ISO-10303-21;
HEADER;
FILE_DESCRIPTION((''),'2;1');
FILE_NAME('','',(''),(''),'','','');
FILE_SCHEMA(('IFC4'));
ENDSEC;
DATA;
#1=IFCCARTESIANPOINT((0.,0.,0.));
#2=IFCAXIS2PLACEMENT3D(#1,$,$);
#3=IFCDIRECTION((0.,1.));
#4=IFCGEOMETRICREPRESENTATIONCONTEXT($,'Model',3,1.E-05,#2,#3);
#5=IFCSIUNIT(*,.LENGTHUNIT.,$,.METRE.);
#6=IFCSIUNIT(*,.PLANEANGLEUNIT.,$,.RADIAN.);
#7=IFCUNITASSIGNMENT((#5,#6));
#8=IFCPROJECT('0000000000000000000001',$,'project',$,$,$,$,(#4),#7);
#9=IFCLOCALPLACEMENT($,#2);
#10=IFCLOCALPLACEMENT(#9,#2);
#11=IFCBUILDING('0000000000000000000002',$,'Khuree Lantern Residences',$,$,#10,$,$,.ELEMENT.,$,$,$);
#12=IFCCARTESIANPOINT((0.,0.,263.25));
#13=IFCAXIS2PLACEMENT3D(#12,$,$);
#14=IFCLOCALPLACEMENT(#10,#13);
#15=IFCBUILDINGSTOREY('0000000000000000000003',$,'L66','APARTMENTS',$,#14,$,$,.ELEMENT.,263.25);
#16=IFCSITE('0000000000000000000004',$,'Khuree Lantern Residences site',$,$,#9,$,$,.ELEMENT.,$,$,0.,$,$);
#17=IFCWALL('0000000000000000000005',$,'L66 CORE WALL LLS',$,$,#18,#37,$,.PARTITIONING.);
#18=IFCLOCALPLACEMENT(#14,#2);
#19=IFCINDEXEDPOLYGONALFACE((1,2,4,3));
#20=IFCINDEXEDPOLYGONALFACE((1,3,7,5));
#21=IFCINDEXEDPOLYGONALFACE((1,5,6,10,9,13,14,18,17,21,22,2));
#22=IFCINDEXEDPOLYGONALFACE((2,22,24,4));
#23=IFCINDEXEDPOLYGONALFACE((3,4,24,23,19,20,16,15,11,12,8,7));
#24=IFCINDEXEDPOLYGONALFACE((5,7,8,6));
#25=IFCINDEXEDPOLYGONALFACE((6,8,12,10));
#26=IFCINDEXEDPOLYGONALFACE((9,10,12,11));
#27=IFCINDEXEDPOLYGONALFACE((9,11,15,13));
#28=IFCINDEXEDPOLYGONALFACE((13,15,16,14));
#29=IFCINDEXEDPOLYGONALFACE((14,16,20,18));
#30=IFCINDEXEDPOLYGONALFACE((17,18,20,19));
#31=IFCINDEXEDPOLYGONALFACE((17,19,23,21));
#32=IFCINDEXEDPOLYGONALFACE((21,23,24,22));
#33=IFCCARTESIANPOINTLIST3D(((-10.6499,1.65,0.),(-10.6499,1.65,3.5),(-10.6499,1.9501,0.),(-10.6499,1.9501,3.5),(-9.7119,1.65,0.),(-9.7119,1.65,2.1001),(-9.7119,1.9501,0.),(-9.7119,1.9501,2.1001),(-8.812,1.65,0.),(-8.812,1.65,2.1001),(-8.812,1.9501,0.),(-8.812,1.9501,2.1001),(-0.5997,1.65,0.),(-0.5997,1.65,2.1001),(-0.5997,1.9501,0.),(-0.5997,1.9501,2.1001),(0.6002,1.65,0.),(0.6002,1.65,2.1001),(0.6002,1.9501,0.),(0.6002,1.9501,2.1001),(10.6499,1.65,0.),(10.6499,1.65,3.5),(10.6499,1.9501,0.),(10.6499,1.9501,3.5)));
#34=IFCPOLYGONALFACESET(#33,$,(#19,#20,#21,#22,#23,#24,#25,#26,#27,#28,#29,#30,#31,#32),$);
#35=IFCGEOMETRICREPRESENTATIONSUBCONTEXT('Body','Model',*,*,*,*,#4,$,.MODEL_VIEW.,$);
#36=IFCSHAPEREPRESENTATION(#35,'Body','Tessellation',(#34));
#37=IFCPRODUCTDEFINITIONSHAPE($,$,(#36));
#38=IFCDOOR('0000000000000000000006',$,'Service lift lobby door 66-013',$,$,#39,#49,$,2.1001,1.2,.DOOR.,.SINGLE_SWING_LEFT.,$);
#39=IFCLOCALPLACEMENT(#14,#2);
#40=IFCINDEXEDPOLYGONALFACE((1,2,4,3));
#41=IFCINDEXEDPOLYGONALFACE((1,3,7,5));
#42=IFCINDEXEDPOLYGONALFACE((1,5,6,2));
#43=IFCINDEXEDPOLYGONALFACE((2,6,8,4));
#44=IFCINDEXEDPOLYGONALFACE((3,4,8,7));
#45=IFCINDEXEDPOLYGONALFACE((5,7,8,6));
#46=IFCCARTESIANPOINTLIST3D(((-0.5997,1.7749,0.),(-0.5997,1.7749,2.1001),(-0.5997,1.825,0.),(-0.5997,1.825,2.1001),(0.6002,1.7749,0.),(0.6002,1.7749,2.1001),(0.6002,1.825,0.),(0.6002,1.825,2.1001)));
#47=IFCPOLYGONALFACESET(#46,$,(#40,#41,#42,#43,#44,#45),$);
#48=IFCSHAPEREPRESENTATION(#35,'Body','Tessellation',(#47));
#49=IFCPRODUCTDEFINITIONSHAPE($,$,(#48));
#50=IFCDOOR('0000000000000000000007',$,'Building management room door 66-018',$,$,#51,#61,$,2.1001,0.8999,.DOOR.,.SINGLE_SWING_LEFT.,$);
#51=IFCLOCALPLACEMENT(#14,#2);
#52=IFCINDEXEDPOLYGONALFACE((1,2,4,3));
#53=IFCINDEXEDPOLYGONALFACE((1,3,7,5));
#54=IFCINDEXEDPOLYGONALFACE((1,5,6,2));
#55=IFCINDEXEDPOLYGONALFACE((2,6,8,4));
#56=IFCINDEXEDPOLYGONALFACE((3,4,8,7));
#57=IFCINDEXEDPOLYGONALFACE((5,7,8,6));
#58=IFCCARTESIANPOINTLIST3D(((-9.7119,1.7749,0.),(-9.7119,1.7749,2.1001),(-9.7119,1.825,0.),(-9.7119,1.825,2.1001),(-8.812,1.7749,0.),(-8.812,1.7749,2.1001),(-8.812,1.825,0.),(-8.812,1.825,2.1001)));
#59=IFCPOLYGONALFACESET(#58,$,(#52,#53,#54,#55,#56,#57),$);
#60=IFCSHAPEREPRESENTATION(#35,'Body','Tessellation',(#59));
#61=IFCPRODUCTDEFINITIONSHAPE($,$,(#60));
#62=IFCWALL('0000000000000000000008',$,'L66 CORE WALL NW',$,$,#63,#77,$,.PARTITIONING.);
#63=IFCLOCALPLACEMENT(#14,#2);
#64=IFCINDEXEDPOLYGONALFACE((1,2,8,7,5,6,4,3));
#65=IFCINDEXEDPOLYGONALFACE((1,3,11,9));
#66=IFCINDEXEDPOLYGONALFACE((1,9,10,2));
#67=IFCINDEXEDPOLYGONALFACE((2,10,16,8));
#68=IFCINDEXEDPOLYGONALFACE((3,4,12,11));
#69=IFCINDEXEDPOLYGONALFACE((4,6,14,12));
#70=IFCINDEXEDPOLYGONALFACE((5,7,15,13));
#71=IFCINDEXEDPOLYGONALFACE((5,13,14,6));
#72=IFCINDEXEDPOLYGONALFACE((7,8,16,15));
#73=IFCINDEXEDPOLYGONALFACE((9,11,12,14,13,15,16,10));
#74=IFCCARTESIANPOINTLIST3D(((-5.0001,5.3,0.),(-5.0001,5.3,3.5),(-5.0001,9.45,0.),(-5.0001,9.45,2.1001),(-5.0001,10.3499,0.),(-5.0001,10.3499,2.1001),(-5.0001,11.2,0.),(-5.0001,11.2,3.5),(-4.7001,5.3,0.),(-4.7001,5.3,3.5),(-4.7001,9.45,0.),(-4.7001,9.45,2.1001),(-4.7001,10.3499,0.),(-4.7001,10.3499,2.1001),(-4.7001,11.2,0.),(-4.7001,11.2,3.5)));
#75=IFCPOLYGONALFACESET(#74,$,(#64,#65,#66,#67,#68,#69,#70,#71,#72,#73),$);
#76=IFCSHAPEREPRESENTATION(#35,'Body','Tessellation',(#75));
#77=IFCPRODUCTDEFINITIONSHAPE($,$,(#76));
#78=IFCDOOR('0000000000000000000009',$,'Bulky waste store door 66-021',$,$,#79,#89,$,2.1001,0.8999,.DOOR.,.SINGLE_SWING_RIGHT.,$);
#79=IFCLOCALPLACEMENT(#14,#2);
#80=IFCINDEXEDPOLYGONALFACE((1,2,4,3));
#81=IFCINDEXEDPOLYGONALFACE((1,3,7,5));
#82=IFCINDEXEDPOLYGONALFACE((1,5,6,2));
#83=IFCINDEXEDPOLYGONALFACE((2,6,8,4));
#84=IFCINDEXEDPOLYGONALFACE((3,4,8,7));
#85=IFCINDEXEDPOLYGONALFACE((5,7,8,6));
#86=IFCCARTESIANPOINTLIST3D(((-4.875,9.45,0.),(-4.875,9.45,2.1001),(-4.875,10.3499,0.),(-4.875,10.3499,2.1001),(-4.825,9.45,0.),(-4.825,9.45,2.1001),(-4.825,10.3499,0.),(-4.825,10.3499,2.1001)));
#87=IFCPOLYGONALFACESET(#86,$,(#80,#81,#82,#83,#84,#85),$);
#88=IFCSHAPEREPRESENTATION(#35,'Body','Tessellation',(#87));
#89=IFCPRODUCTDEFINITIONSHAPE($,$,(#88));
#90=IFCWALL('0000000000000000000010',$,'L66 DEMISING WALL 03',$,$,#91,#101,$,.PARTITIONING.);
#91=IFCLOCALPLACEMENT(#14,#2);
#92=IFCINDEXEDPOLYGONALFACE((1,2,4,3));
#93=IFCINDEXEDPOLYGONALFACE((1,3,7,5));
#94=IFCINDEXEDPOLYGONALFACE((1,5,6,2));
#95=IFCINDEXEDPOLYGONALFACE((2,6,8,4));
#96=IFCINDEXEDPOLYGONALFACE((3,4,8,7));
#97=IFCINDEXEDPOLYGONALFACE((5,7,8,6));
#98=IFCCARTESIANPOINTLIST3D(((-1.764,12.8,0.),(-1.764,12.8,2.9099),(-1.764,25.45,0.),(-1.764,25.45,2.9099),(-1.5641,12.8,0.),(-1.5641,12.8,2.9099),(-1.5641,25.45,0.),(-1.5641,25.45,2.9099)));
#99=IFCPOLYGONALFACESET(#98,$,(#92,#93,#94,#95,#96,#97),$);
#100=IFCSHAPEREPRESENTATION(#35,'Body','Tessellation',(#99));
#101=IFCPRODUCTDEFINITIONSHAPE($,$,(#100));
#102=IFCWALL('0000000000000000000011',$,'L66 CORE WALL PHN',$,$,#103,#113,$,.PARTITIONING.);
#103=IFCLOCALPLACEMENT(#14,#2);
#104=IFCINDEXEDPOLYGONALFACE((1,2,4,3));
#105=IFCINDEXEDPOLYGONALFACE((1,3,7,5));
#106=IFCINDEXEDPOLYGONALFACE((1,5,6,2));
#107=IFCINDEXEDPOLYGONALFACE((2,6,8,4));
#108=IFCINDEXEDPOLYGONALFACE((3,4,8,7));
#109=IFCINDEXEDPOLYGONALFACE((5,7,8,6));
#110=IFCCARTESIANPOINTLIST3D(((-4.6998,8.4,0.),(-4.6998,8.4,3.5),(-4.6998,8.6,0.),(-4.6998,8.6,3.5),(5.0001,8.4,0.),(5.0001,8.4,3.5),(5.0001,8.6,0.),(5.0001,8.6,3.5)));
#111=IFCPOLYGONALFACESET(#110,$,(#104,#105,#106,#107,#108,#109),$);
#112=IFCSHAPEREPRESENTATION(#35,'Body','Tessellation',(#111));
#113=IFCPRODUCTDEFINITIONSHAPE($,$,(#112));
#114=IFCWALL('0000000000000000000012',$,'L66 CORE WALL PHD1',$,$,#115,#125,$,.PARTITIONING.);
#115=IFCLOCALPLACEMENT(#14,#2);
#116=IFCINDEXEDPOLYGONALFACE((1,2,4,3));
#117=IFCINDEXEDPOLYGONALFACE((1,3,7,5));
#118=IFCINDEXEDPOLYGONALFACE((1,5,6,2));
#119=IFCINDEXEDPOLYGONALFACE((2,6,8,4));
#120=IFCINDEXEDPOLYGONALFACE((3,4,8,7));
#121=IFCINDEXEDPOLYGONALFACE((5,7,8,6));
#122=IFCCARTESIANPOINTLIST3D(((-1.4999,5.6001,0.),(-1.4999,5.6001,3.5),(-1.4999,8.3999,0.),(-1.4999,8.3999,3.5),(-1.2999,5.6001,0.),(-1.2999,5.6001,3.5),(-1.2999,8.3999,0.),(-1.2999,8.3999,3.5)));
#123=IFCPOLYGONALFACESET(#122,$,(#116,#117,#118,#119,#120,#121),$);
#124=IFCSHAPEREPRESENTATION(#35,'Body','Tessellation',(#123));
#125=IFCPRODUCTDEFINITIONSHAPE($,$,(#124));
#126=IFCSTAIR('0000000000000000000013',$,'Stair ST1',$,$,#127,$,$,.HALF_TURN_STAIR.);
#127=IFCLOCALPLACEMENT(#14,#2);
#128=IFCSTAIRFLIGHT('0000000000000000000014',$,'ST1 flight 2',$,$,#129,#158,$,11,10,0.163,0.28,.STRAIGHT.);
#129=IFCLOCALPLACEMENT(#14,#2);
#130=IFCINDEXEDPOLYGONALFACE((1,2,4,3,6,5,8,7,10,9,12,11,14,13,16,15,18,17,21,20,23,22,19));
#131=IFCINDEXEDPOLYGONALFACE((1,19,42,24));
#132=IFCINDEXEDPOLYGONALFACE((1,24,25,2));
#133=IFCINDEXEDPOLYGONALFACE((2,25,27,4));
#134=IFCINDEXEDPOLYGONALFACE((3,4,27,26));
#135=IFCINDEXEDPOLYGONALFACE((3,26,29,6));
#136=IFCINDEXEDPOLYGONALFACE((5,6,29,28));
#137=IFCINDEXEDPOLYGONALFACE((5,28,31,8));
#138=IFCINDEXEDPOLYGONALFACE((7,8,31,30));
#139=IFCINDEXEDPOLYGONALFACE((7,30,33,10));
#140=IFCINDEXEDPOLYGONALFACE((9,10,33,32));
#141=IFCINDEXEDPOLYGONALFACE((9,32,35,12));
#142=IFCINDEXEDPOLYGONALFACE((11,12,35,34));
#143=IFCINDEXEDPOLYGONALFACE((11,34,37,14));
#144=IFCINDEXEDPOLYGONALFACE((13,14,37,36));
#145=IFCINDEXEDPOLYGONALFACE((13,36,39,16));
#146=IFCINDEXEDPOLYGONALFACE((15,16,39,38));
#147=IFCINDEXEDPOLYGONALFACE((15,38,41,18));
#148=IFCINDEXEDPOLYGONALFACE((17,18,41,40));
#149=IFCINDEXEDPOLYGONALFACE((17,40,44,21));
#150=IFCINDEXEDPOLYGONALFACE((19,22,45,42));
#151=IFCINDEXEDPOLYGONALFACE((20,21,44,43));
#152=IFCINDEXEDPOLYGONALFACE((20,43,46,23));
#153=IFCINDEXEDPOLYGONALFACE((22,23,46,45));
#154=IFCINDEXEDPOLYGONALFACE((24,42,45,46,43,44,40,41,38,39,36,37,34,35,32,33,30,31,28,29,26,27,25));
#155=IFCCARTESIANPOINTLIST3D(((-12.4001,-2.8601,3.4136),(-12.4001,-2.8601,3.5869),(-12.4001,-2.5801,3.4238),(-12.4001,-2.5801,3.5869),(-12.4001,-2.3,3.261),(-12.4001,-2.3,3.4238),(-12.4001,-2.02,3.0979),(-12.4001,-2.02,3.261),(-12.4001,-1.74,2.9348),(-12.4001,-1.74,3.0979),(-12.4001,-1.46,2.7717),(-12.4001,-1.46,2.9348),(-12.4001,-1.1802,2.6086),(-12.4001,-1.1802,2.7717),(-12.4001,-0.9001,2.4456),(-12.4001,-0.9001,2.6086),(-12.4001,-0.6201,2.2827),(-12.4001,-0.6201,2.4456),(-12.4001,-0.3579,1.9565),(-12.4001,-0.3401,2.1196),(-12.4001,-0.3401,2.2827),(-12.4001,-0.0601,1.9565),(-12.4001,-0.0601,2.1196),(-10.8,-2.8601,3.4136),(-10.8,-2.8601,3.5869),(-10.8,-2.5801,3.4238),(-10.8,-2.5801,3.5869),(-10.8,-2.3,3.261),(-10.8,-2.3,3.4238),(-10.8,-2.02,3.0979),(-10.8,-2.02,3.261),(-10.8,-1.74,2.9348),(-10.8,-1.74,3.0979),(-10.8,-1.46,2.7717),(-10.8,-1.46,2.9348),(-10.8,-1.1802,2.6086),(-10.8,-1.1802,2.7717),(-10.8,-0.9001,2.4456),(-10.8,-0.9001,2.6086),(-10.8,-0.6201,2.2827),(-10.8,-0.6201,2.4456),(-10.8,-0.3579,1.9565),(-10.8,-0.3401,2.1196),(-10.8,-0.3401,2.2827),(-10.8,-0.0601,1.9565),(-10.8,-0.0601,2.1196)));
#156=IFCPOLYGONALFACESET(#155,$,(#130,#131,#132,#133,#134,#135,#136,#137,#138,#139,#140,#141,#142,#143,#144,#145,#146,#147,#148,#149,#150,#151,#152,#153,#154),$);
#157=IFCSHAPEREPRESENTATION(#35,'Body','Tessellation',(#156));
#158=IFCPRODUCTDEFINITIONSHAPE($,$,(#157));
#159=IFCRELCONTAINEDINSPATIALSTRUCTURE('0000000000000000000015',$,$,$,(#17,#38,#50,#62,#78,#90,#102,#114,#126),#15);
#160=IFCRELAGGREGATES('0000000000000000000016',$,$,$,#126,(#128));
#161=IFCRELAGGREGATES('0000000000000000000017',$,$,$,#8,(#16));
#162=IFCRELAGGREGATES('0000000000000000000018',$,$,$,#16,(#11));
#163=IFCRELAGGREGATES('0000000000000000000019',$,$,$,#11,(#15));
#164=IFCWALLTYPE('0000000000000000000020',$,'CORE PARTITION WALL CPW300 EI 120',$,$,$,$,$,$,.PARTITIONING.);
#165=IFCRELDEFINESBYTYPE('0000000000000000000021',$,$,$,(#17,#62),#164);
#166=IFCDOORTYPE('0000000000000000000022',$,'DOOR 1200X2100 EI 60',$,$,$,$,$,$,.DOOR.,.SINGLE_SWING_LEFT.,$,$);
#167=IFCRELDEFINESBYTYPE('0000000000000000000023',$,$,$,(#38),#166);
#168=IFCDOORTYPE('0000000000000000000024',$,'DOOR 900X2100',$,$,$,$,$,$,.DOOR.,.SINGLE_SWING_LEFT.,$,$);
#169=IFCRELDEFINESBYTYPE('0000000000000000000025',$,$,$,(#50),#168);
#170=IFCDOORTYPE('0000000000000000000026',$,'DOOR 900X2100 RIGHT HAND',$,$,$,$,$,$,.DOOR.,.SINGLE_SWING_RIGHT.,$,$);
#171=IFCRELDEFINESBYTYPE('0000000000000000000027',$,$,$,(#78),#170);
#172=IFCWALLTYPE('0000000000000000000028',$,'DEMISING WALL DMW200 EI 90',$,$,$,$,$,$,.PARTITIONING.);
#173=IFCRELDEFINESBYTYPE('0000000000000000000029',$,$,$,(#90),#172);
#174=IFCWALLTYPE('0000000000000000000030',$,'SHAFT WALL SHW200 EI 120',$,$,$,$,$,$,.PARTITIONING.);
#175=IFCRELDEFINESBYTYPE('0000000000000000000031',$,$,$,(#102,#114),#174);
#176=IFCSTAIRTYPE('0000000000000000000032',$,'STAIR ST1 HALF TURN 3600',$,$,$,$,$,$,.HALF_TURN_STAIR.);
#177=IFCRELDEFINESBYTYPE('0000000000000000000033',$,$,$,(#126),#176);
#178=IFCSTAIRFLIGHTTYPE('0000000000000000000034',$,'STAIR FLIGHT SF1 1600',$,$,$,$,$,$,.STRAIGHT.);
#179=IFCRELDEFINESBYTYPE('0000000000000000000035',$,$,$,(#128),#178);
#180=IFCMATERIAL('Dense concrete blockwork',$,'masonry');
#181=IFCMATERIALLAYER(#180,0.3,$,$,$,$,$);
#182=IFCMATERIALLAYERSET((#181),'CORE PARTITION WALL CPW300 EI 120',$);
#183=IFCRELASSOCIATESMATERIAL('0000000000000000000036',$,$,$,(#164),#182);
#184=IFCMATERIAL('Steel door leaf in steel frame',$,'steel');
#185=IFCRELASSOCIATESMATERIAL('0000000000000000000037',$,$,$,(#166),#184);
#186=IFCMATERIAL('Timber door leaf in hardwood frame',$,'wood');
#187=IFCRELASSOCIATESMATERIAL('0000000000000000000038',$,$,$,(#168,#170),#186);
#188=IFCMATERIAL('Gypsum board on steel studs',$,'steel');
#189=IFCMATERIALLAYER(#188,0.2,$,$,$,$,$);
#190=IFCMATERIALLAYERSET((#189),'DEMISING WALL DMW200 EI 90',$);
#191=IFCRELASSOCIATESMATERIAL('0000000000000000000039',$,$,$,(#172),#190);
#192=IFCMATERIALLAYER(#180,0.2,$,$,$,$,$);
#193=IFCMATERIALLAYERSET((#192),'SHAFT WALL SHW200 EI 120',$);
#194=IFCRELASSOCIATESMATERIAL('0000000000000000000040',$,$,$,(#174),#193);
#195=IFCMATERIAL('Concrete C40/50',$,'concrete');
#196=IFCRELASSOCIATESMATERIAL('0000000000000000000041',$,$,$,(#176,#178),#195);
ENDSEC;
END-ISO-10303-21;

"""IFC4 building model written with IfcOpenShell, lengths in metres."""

from ifc_helpers import new_model, si_unit, direction, frame, frame_2d, origin, place, context, subcontext, project, spatial, polyline, rectangle, outline, extrude, material, layer, layer_set, type_object, element, fill, aggregate, save


model = new_model("IFC4")

# Units and contexts
model_context = context("Model", 3, precision=1e-05, world=origin(), true_north=direction((0.0, 1.0)))
body_context = subcontext(model_context, "Body", "Model", "MODEL_VIEW")
ifc_project = project(units=[si_unit("LENGTHUNIT", "METRE"), si_unit("PLANEANGLEUNIT", "RADIAN")], contexts=[model_context])

# Site, building, storey
site_placement = place(None, origin())
site = spatial("IfcSite", under=ifc_project, at=site_placement, Name="Khuree Lantern Residences site", CompositionType="ELEMENT", RefElevation=0.0)
building_placement = place(site_placement, origin())
building = spatial("IfcBuilding", under=site, at=building_placement, Name="Khuree Lantern Residences", CompositionType="ELEMENT")
storey_placement = place(building_placement, frame((0.0, 0.0, 263.25)))
storey = spatial("IfcBuildingStorey", under=building, at=storey_placement, Name="L66", Description="APARTMENTS", CompositionType="ELEMENT", Elevation=263.25)

# Shared definitions
ifc_material_1 = material(Name="Timber door leaf in hardwood frame", Category="wood")

# Shared definitions
ifc_material_2 = material(Name="Dense concrete blockwork", Category="masonry")
ifc_layer_1 = layer(ifc_material_2, 0.3)
ifc_layer_set_1 = layer_set([ifc_layer_1], Name="CORE PARTITION WALL CPW300 EI 120")
wall_type_1 = type_object("IfcWallType", Name="CORE PARTITION WALL CPW300 EI 120", PredefinedType="PARTITIONING", material=ifc_layer_set_1)

# Wall, openings, doors
wall_1_placement = place(storey_placement, frame((-10.6499, 1.8, 0.0), z_axis=(0.0, 0.0, 1.0), x_axis=(1.0, 0.0, 0.0)))
wall_1 = element("IfcWall", 1, at=wall_1_placement, inside=storey, type_object=wall_type_1, Name="L66 CORE WALL LLS", PredefinedType="PARTITIONING", context=body_context, shape_type="SweptSolid", body=[
    extrude(rectangle(XDim=21.2998, YDim=0.3, at=frame_2d((10.6499, 0.0))), origin(), (0.0, 0.0, 1.0), 3.5),
])
opening_1_placement = place(wall_1_placement, frame((10.05, 0.0, 0.0)))
opening_1 = element("IfcOpeningElement", 2, at=opening_1_placement, cuts=wall_1, PredefinedType="OPENING", context=body_context, shape_type="SweptSolid", body=[
    extrude(rectangle(XDim=1.2, YDim=2.1001, at=frame_2d((0.6001, 1.05))), frame((0.0, 0.1602, 0.0), z_axis=(0.0, -1.0, 0.0), x_axis=(1.0, 0.0, 0.0)), (0.0, 0.0, 1.0), 0.3201),
])
opening_2_placement = place(wall_1_placement, frame((0.938, 0.0, 0.0)))
opening_2 = element("IfcOpeningElement", 3, at=opening_2_placement, cuts=wall_1, PredefinedType="OPENING", context=body_context, shape_type="SweptSolid", body=[
    extrude(rectangle(XDim=0.8999, YDim=2.1001, at=frame_2d((0.45, 1.05))), frame((0.0, 0.1602, 0.0), z_axis=(0.0, -1.0, 0.0), x_axis=(1.0, 0.0, 0.0)), (0.0, 0.0, 1.0), 0.3201),
])
ifc_material_3 = material(Name="Steel door leaf in steel frame", Category="steel")
door_type_1 = type_object("IfcDoorType", Name="DOOR 1200X2100 EI 60", OperationType="SINGLE_SWING_LEFT", PredefinedType="DOOR", material=ifc_material_3)
door_1_placement = place(opening_1_placement, origin())
door_1 = element("IfcDoor", 4, at=door_1_placement, inside=storey, type_object=door_type_1, Name="Service lift lobby door 66-013", OperationType="SINGLE_SWING_LEFT", OverallHeight=2.1001, OverallWidth=1.2, PredefinedType="DOOR", context=body_context, shape_type="SweptSolid", body=[
    extrude(rectangle(XDim=1.2, YDim=2.1001, at=frame_2d((0.6001, 1.05))), frame((0.0, 0.0249, 0.0), z_axis=(0.0, -1.0, 0.0), x_axis=(1.0, 0.0, 0.0)), (0.0, 0.0, 1.0), 0.05),
])
fill(opening_1, door_1)
door_type_2 = type_object("IfcDoorType", Name="DOOR 900X2100", OperationType="SINGLE_SWING_LEFT", PredefinedType="DOOR", material=ifc_material_1)
door_2_placement = place(opening_2_placement, origin())
door_2 = element("IfcDoor", 5, at=door_2_placement, inside=storey, type_object=door_type_2, Name="Building management room door 66-018", OperationType="SINGLE_SWING_LEFT", OverallHeight=2.1001, OverallWidth=0.8999, PredefinedType="DOOR", context=body_context, shape_type="SweptSolid", body=[
    extrude(rectangle(XDim=0.8999, YDim=2.1001, at=frame_2d((0.45, 1.05))), frame((0.0, 0.0249, 0.0), z_axis=(0.0, -1.0, 0.0), x_axis=(1.0, 0.0, 0.0)), (0.0, 0.0, 1.0), 0.05),
])
fill(opening_2, door_2)

# Wall, opening, door
wall_2_placement = place(storey_placement, frame((-4.8501, 5.3, 0.0), z_axis=(0.0, 0.0, 1.0), x_axis=(0.0, 1.0, 0.0)))
wall_2 = element("IfcWall", 6, at=wall_2_placement, inside=storey, type_object=wall_type_1, Name="L66 CORE WALL NW", PredefinedType="PARTITIONING", context=body_context, shape_type="SweptSolid", body=[
    extrude(rectangle(XDim=5.8999, YDim=0.3, at=frame_2d((2.95, 0.0))), origin(), (0.0, 0.0, 1.0), 3.5),
])
opening_3_placement = place(wall_2_placement, frame((4.1499, 0.0, 0.0)))
opening_3 = element("IfcOpeningElement", 7, at=opening_3_placement, cuts=wall_2, PredefinedType="OPENING", context=body_context, shape_type="SweptSolid", body=[
    extrude(rectangle(XDim=0.8999, YDim=2.1001, at=frame_2d((0.45, 1.05))), frame((0.0, 0.1602, 0.0), z_axis=(0.0, -1.0, 0.0), x_axis=(1.0, 0.0, 0.0)), (0.0, 0.0, 1.0), 0.3201),
])
door_type_3 = type_object("IfcDoorType", Name="DOOR 900X2100 RIGHT HAND", OperationType="SINGLE_SWING_RIGHT", PredefinedType="DOOR", material=ifc_material_1)
door_3_placement = place(opening_3_placement, origin())
door_3 = element("IfcDoor", 8, at=door_3_placement, inside=storey, type_object=door_type_3, Name="Bulky waste store door 66-021", OperationType="SINGLE_SWING_RIGHT", OverallHeight=2.1001, OverallWidth=0.8999, PredefinedType="DOOR", context=body_context, shape_type="SweptSolid", body=[
    extrude(rectangle(XDim=0.8999, YDim=2.1001, at=frame_2d((0.45, 1.05))), frame((0.0, 0.0249, 0.0), z_axis=(0.0, -1.0, 0.0), x_axis=(1.0, 0.0, 0.0)), (0.0, 0.0, 1.0), 0.05),
])
fill(opening_3, door_3)

# Walls
ifc_material_4 = material(Name="Gypsum board on steel studs", Category="steel")
ifc_layer_2 = layer(ifc_material_4, 0.2)
ifc_layer_set_2 = layer_set([ifc_layer_2], Name="DEMISING WALL DMW200 EI 90")
wall_type_2 = type_object("IfcWallType", Name="DEMISING WALL DMW200 EI 90", PredefinedType="PARTITIONING", material=ifc_layer_set_2)
wall_3_placement = place(storey_placement, frame((-1.6641, 12.8, 0.0), z_axis=(0.0, 0.0, 1.0), x_axis=(0.0, 1.0, 0.0)))
element("IfcWall", 9, at=wall_3_placement, inside=storey, type_object=wall_type_2, Name="L66 DEMISING WALL 03", PredefinedType="PARTITIONING", context=body_context, shape_type="SweptSolid", body=[
    extrude(rectangle(XDim=12.6499, YDim=0.2, at=frame_2d((6.325, 0.0))), origin(), (0.0, 0.0, 1.0), 2.9099),
])
ifc_layer_3 = layer(ifc_material_2, 0.2)
ifc_layer_set_3 = layer_set([ifc_layer_3], Name="SHAFT WALL SHW200 EI 120")
wall_type_3 = type_object("IfcWallType", Name="SHAFT WALL SHW200 EI 120", PredefinedType="PARTITIONING", material=ifc_layer_set_3)
wall_4_placement = place(storey_placement, frame((-4.7, 8.5, 0.0), z_axis=(0.0, 0.0, 1.0), x_axis=(1.0, 0.0, 0.0)))
element("IfcWall", 10, at=wall_4_placement, inside=storey, type_object=wall_type_3, Name="L66 CORE WALL PHN", PredefinedType="PARTITIONING", context=body_context, shape_type="SweptSolid", body=[
    extrude(rectangle(XDim=9.7, YDim=0.2, at=frame_2d((4.8501, 0.0))), origin(), (0.0, 0.0, 1.0), 3.5),
])
wall_5_placement = place(storey_placement, frame((-1.3999, 5.6001, 0.0), z_axis=(0.0, 0.0, 1.0), x_axis=(0.0, 1.0, 0.0)))
element("IfcWall", 11, at=wall_5_placement, inside=storey, type_object=wall_type_3, Name="L66 CORE WALL PHD1", PredefinedType="PARTITIONING", context=body_context, shape_type="SweptSolid", body=[
    extrude(rectangle(XDim=2.7998, YDim=0.2, at=frame_2d((1.3999, 0.0))), origin(), (0.0, 0.0, 1.0), 3.5),
])

# Stair, stair flight
ifc_material_5 = material(Name="Concrete C40/50", Category="concrete")
stair_type = type_object("IfcStairType", Name="STAIR ST1 HALF TURN 3600", PredefinedType="HALF_TURN_STAIR", material=ifc_material_5)
stair_placement = place(storey_placement, origin())
stair = element("IfcStair", 12, at=stair_placement, inside=storey, type_object=stair_type, Name="Stair ST1", PredefinedType="HALF_TURN_STAIR")
stair_flight_type = type_object("IfcStairFlightType", Name="STAIR FLIGHT SF1 1600", PredefinedType="STRAIGHT", material=ifc_material_5)
stair_flight_placement = place(storey_placement, frame((-11.6001, -0.0601, 1.9565), z_axis=(0.0, 0.0, 1.0), x_axis=(0.0, -1.0, 0.0)))
stair_flight = element("IfcStairFlight", 13, at=stair_flight_placement, type_object=stair_flight_type, Name="ST1 flight 2", NumberOfRisers=11, NumberOfTreads=10, PredefinedType="STRAIGHT", RiserHeight=0.163, TreadLength=0.28, context=body_context, shape_type="SweptSolid", body=[
    extrude(outline(polyline([(0.0, 0.0), (0.0, 0.1631), (0.28, 0.1631), (0.28, 0.3262), (0.5601, 0.3262), (0.5601, 0.489), (0.8401, 0.489), (0.8401, 0.6521), (1.1201, 0.6521), (1.1201, 0.8152), (1.3999, 0.8152), (1.3999, 0.9783), (1.6799, 0.9783), (1.6799, 1.1414), (1.96, 1.1414), (1.96, 1.3044), (2.24, 1.3044), (2.24, 1.4673), (2.52, 1.4673), (2.52, 1.6304), (2.8, 1.6304), (2.8, 1.7935), (2.8, 1.457), (0.2979, 0.0), (0.0, 0.0)])), frame((0.0, 0.8, 0.0), z_axis=(0.0, -1.0, 0.0), x_axis=(1.0, 0.0, 0.0)), (0.0, 0.0, 1.0), 1.6001),
])
aggregate(stair, [stair_flight])

save(model, "model.ifc")
